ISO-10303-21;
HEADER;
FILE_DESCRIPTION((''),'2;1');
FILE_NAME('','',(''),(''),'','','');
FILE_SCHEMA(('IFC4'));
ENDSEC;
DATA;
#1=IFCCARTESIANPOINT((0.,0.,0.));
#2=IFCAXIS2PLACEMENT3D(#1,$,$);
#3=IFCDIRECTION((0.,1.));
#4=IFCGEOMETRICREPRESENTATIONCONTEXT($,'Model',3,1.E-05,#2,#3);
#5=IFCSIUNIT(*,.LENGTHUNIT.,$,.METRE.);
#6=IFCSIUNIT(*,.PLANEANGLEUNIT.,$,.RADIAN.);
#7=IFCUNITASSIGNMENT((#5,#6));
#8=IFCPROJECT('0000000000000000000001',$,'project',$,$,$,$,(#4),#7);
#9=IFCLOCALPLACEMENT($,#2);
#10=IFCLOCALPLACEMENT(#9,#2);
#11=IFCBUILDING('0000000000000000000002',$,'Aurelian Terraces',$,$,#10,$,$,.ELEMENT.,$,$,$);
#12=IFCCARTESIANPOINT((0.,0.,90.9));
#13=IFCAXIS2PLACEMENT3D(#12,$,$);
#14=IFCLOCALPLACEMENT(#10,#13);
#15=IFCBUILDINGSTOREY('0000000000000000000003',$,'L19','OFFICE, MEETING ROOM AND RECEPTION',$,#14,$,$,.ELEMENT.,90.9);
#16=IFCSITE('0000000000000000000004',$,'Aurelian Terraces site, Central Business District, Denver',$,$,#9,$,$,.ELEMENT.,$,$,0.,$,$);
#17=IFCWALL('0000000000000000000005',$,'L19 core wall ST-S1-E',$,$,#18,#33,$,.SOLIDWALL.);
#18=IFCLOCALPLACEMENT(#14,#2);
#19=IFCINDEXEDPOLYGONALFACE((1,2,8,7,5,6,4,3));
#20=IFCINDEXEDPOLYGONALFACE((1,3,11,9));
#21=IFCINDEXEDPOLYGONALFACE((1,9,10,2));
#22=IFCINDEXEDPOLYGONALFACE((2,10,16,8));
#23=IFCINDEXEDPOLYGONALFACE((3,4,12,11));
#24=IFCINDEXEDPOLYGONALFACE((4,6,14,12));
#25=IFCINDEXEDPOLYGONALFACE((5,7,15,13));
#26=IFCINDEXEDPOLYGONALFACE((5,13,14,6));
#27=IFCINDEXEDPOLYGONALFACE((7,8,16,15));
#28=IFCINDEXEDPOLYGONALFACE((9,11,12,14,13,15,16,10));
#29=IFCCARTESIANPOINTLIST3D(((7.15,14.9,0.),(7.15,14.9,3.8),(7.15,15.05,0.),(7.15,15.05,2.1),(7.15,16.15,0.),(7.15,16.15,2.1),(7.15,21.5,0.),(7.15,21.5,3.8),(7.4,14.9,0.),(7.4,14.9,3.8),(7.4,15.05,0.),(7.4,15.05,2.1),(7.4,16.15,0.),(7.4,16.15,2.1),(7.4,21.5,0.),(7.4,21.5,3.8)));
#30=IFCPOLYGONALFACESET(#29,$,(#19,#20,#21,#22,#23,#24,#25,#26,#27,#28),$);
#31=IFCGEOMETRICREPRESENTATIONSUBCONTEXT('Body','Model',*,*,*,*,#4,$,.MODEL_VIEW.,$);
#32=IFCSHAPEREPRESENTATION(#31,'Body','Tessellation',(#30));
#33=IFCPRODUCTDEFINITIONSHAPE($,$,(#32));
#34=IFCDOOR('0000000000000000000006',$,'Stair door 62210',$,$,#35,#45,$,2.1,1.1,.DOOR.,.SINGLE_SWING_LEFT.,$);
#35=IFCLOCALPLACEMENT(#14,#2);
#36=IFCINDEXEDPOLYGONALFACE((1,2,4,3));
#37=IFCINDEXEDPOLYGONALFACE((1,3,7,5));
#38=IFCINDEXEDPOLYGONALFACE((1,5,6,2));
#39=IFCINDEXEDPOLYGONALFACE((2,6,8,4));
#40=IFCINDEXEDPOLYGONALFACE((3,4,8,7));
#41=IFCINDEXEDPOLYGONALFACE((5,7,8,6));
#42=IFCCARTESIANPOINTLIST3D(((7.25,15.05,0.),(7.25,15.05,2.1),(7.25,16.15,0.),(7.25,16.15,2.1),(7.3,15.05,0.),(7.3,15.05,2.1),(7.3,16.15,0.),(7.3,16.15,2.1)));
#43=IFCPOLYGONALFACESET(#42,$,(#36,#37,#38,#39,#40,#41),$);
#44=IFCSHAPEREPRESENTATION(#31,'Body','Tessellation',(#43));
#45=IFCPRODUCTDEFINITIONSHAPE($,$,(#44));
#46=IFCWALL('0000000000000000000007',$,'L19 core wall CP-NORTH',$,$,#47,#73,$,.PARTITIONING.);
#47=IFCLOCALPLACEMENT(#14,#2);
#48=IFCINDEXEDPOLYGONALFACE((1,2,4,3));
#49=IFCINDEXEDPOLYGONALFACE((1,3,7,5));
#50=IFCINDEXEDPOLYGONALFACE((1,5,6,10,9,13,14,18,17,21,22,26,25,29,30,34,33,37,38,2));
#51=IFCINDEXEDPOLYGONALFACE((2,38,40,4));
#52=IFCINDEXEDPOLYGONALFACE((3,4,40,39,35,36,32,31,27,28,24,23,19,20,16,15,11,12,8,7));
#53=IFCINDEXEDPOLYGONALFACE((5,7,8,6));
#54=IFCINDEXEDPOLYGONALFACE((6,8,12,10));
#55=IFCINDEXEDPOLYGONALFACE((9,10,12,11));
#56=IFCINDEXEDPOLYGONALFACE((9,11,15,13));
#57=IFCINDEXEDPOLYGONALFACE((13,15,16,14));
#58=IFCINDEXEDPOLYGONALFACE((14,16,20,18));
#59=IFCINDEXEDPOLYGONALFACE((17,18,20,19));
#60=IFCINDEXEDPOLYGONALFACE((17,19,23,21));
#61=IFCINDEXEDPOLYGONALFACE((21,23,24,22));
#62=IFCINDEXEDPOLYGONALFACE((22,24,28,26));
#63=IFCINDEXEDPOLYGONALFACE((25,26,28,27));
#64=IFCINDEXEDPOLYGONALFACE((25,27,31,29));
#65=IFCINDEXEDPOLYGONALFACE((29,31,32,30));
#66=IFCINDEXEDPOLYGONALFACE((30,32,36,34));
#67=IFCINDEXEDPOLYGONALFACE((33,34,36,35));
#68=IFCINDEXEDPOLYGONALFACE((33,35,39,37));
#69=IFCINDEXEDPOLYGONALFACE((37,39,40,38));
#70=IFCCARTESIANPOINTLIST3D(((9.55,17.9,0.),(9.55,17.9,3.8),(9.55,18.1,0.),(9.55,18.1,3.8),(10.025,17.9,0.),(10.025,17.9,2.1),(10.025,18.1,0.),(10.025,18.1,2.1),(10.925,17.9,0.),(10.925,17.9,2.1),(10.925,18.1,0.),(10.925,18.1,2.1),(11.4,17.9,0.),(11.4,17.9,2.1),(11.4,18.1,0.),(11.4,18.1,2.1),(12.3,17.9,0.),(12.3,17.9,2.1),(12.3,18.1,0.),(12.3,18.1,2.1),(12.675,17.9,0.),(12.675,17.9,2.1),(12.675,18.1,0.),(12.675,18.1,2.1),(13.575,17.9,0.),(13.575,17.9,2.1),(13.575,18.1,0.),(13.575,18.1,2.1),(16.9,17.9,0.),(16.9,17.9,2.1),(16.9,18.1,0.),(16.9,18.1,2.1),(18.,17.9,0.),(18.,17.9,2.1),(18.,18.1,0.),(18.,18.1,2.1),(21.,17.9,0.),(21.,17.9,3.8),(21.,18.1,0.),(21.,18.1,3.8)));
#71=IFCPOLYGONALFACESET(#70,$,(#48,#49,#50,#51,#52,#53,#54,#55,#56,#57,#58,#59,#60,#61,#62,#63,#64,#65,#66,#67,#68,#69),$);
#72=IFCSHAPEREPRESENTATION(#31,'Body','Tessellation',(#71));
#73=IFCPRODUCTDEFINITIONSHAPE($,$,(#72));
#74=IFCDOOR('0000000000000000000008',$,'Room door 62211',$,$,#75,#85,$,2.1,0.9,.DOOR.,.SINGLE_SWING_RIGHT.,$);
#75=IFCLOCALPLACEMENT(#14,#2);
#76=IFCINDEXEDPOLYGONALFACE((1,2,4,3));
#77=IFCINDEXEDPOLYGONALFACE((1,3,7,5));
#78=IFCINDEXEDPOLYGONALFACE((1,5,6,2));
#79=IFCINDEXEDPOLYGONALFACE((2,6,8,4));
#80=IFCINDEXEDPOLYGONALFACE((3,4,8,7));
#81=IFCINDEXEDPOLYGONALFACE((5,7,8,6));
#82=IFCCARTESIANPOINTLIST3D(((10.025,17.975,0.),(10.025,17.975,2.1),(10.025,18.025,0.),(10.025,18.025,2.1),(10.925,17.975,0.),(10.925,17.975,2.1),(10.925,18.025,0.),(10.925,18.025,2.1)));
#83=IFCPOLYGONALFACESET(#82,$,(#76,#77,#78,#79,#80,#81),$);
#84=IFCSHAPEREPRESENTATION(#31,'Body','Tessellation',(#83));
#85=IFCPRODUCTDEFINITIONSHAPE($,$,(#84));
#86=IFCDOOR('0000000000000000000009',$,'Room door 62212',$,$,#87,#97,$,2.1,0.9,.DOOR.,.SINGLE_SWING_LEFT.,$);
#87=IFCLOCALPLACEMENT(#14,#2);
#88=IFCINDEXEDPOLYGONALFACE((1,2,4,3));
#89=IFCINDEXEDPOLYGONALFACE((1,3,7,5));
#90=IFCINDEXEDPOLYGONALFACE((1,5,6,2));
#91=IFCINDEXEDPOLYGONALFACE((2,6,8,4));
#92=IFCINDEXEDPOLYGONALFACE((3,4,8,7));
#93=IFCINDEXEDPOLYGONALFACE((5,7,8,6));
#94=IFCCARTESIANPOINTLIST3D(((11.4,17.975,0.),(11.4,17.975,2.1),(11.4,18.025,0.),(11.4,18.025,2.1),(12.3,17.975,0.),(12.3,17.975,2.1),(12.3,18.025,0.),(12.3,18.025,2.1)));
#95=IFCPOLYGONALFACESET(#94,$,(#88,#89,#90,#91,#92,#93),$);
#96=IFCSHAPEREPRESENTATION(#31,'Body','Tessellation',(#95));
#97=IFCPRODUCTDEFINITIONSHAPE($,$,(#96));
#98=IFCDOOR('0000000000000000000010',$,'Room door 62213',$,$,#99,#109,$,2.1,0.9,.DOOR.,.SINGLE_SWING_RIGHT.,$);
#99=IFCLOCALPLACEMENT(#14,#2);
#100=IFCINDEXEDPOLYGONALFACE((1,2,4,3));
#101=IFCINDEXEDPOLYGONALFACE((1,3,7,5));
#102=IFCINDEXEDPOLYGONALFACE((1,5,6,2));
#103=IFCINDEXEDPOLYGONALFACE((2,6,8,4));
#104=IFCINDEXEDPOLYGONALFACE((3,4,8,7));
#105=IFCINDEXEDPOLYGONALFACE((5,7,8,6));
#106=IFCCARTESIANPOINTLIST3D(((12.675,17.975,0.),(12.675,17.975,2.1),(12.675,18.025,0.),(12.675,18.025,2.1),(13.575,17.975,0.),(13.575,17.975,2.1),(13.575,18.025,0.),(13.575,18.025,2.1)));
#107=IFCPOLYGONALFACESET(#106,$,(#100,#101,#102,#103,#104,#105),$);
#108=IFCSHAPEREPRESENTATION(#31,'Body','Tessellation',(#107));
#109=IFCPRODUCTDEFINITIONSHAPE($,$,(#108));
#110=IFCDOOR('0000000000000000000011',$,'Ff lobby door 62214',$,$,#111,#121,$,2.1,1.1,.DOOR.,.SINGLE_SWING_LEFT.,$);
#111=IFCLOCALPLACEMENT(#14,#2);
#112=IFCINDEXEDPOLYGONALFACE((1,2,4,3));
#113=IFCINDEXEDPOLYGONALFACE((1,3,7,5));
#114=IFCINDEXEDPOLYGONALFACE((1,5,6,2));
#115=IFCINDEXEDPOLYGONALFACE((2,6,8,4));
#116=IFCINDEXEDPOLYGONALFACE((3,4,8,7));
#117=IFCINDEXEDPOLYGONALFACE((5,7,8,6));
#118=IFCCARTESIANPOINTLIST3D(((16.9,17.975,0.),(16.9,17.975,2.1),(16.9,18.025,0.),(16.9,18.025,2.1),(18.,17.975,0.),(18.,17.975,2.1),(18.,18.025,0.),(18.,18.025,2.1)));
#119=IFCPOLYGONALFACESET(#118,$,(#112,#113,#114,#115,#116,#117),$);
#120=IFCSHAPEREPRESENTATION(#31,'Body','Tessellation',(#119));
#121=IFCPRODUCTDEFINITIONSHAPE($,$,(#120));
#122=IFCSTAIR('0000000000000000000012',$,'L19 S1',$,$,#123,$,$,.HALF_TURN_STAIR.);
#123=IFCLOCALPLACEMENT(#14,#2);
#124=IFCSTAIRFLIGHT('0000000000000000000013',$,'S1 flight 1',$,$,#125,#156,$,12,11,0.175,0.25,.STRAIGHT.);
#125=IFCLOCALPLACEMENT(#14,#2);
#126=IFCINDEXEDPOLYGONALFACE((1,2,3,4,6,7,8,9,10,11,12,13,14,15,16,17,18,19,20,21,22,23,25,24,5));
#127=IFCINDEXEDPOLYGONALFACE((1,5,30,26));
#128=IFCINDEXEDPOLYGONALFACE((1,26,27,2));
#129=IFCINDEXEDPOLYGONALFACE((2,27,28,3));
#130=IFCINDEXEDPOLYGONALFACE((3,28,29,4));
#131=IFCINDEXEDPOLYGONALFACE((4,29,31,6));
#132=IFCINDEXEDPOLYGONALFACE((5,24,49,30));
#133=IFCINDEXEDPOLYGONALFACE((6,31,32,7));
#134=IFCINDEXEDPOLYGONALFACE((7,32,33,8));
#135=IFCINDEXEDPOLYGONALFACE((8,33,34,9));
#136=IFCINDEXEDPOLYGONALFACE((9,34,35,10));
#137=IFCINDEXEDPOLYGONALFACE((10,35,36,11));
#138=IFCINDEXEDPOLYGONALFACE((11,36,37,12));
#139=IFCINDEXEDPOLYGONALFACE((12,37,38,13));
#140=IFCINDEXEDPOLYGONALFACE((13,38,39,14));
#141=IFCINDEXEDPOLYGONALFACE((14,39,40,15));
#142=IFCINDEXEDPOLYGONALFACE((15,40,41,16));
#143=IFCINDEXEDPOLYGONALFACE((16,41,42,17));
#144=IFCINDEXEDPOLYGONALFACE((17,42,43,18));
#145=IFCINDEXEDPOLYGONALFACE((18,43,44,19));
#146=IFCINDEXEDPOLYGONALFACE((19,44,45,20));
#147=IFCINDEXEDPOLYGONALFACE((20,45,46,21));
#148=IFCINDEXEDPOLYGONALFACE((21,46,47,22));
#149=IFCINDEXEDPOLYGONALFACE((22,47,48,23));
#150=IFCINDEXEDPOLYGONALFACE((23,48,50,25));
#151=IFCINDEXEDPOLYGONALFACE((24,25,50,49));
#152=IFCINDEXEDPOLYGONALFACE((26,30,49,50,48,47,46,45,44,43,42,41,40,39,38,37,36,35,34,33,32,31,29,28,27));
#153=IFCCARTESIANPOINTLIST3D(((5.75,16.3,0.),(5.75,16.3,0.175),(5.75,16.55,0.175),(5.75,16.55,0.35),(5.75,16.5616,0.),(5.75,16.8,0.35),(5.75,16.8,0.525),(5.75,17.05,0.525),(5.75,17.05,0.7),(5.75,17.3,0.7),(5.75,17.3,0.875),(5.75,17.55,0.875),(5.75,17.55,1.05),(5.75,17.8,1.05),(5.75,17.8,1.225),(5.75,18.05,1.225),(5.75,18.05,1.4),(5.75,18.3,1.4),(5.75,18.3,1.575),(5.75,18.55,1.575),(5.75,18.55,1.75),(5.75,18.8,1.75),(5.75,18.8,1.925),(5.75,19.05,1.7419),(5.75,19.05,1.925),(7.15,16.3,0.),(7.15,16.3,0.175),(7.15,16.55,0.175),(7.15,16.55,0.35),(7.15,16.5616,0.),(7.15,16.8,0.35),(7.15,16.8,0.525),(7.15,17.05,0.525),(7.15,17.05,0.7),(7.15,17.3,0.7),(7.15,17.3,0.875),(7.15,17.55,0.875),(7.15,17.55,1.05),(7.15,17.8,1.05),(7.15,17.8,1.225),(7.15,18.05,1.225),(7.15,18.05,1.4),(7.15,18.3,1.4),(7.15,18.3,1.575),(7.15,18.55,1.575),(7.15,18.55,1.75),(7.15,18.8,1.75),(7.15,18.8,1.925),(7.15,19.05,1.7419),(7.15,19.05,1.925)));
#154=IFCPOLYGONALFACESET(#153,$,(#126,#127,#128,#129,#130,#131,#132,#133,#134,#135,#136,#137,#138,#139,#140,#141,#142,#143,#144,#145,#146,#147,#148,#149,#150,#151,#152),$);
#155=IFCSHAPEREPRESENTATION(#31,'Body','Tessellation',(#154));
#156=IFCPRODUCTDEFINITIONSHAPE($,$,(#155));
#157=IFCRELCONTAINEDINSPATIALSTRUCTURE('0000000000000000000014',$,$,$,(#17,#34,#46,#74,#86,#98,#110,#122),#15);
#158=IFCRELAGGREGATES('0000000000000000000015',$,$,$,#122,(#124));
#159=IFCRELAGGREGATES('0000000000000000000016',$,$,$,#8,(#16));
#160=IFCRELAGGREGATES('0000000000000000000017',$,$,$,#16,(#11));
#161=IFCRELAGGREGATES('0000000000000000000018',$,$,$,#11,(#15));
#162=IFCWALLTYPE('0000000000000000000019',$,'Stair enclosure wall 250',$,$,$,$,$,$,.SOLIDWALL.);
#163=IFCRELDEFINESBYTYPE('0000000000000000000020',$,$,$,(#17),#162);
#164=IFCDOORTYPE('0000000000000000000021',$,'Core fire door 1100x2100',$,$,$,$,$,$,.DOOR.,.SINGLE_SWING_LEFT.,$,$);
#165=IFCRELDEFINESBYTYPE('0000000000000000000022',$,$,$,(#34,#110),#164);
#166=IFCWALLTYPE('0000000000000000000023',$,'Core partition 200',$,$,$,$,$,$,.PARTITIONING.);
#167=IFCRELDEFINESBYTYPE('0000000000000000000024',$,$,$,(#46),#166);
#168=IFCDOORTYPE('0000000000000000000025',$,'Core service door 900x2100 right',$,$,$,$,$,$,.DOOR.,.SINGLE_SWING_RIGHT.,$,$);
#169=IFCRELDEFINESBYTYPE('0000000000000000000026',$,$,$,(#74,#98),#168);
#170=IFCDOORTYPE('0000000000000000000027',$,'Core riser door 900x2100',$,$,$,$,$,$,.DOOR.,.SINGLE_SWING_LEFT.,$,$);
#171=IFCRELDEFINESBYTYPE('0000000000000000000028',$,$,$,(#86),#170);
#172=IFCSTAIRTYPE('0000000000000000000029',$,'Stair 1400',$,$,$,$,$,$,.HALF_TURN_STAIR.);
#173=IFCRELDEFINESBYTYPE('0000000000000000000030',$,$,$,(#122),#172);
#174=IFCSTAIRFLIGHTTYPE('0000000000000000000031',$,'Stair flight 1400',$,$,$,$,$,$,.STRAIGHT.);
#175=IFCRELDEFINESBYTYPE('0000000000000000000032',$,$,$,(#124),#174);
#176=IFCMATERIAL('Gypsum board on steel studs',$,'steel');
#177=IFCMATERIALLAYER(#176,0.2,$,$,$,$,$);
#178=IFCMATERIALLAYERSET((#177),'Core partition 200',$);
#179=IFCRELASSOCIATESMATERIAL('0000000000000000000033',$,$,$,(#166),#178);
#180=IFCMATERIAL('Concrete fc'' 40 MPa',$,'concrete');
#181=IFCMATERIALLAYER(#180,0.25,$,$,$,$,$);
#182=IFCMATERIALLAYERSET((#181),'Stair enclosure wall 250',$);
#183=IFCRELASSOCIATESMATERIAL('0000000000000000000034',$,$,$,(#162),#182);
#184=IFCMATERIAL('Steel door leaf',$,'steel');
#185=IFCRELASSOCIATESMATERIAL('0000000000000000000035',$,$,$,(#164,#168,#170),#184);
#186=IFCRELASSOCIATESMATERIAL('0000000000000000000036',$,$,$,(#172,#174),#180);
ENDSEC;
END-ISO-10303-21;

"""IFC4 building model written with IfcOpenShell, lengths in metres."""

from ifc_helpers import new_model, si_unit, direction, frame, frame_2d, origin, place, context, subcontext, project, spatial, polyline, rectangle, outline, extrude, source, transform, mapped, material, layer, layer_set, type_object, element, fill, aggregate, save


model = new_model("IFC4")

# Units and contexts
model_context = context("Model", 3, precision=1e-05, world=origin(), true_north=direction((0.0, 1.0)))
body_context = subcontext(model_context, "Body", "Model", "MODEL_VIEW")
ifc_project = project(units=[si_unit("LENGTHUNIT", "METRE"), si_unit("PLANEANGLEUNIT", "RADIAN")], contexts=[model_context])

# Site, building, storey
site_placement = place(None, origin())
site = spatial("IfcSite", under=ifc_project, at=site_placement, Name="Aurelian Terraces site, Central Business District, Denver", CompositionType="ELEMENT", RefElevation=0.0)
building_placement = place(site_placement, origin())
building = spatial("IfcBuilding", under=site, at=building_placement, Name="Aurelian Terraces", CompositionType="ELEMENT")
storey_placement = place(building_placement, frame((0.0, 0.0, 90.9)))
storey = spatial("IfcBuildingStorey", under=building, at=storey_placement, Name="L19", Description="OFFICE, MEETING ROOM AND RECEPTION", CompositionType="ELEMENT", Elevation=90.9)

# Shared definitions
ifc_material_1 = material(Name="Concrete fc' 40 MPa", Category="concrete")
ifc_material_2 = material(Name="Gypsum board on steel studs", Category="steel")
ifc_layer_1 = layer(ifc_material_2, 0.2)
ifc_layer_set_1 = layer_set([ifc_layer_1], Name="Core partition 200")
wall_type_1 = type_object("IfcWallType", Name="Core partition 200", PredefinedType="PARTITIONING", material=ifc_layer_set_1)

# Wall, opening, door
ifc_layer_2 = layer(ifc_material_1, 0.25)
ifc_layer_set_2 = layer_set([ifc_layer_2], Name="Stair enclosure wall 250")
wall_type_2 = type_object("IfcWallType", Name="Stair enclosure wall 250", PredefinedType="SOLIDWALL", material=ifc_layer_set_2)
shared_shape_1 = source(origin(), body_context, "Body", "SweptSolid", [
    extrude(rectangle(XDim=6.6, YDim=0.25, at=frame_2d((3.3, 0.0))), origin(), (0.0, 0.0, 1.0), 3.8),
])
wall_1_placement = place(storey_placement, frame((7.275, 14.9, 0.0), z_axis=(0.0, 0.0, 1.0), x_axis=(0.0, 1.0, 0.0)))
wall_1 = element("IfcWall", 1, at=wall_1_placement, inside=storey, type_object=wall_type_2, Name="L19 core wall ST-S1-E", PredefinedType="SOLIDWALL", context=body_context, shape_type="MappedRepresentation", body=[
    mapped(shared_shape_1, transform((0.0, 0.0, 0.0), scale=1.0)),
])
shared_shape_2 = source(origin(), body_context, "Body", "SweptSolid", [
    extrude(rectangle(XDim=1.1, YDim=2.1, at=frame_2d((0.55, 1.05))), frame((0.0, 0.135, 0.0), z_axis=(0.0, -1.0, 0.0), x_axis=(1.0, 0.0, 0.0)), (0.0, 0.0, 1.0), 0.27),
])
opening_1_placement = place(wall_1_placement, frame((0.15, 0.0, 0.0)))
opening_1 = element("IfcOpeningElement", 2, at=opening_1_placement, cuts=wall_1, PredefinedType="OPENING", context=body_context, shape_type="MappedRepresentation", body=[
    mapped(shared_shape_2, transform((0.0, 0.0, 0.0), scale=1.0)),
])
ifc_material_3 = material(Name="Steel door leaf", Category="steel")
door_type_1 = type_object("IfcDoorType", Name="Core fire door 1100x2100", OperationType="SINGLE_SWING_LEFT", PredefinedType="DOOR", material=ifc_material_3)
shared_shape_3 = source(origin(), body_context, "Body", "SweptSolid", [
    extrude(rectangle(XDim=1.1, YDim=2.1, at=frame_2d((0.55, 1.05))), frame((0.0, 0.025, 0.0), z_axis=(0.0, -1.0, 0.0), x_axis=(1.0, 0.0, 0.0)), (0.0, 0.0, 1.0), 0.05),
])
door_1_placement = place(opening_1_placement, origin())
door_1 = element("IfcDoor", 3, at=door_1_placement, inside=storey, type_object=door_type_1, Name="Stair door 62210", OperationType="SINGLE_SWING_LEFT", OverallHeight=2.1, OverallWidth=1.1, PredefinedType="DOOR", context=body_context, shape_type="MappedRepresentation", body=[
    mapped(shared_shape_3, transform((0.0, 0.0, 0.0), scale=1.0)),
])
fill(opening_1, door_1)

# Wall, openings, doors
shared_shape_4 = source(origin(), body_context, "Body", "SweptSolid", [
    extrude(rectangle(XDim=11.45, YDim=0.2, at=frame_2d((5.725, 0.0))), origin(), (0.0, 0.0, 1.0), 3.8),
])
wall_2_placement = place(storey_placement, frame((9.55, 18.0, 0.0), z_axis=(0.0, 0.0, 1.0), x_axis=(1.0, 0.0, 0.0)))
wall_2 = element("IfcWall", 4, at=wall_2_placement, inside=storey, type_object=wall_type_1, Name="L19 core wall CP-NORTH", PredefinedType="PARTITIONING", context=body_context, shape_type="MappedRepresentation", body=[
    mapped(shared_shape_4, transform((0.0, 0.0, 0.0), scale=1.0)),
])
shared_shape_5 = source(origin(), body_context, "Body", "SweptSolid", [
    extrude(rectangle(XDim=0.9, YDim=2.1, at=frame_2d((0.45, 1.05))), frame((0.0, 0.11, 0.0), z_axis=(0.0, -1.0, 0.0), x_axis=(1.0, 0.0, 0.0)), (0.0, 0.0, 1.0), 0.22),
])
opening_2_placement = place(wall_2_placement, frame((0.475, 0.0, 0.0)))
opening_2 = element("IfcOpeningElement", 5, at=opening_2_placement, cuts=wall_2, PredefinedType="OPENING", context=body_context, shape_type="MappedRepresentation", body=[
    mapped(shared_shape_5, transform((0.0, 0.0, 0.0), scale=1.0)),
])
opening_3_placement = place(wall_2_placement, frame((1.85, 0.0, 0.0)))
opening_3 = element("IfcOpeningElement", 6, at=opening_3_placement, cuts=wall_2, PredefinedType="OPENING", context=body_context, shape_type="MappedRepresentation", body=[
    mapped(shared_shape_5, transform((0.0, 0.0, 0.0), scale=1.0)),
])
opening_4_placement = place(wall_2_placement, frame((3.125, 0.0, 0.0)))
opening_4 = element("IfcOpeningElement", 7, at=opening_4_placement, cuts=wall_2, PredefinedType="OPENING", context=body_context, shape_type="MappedRepresentation", body=[
    mapped(shared_shape_5, transform((0.0, 0.0, 0.0), scale=1.0)),
])
shared_shape_6 = source(origin(), body_context, "Body", "SweptSolid", [
    extrude(rectangle(XDim=1.1, YDim=2.1, at=frame_2d((0.55, 1.05))), frame((0.0, 0.11, 0.0), z_axis=(0.0, -1.0, 0.0), x_axis=(1.0, 0.0, 0.0)), (0.0, 0.0, 1.0), 0.22),
])
opening_5_placement = place(wall_2_placement, frame((7.35, 0.0, 0.0)))
opening_5 = element("IfcOpeningElement", 8, at=opening_5_placement, cuts=wall_2, PredefinedType="OPENING", context=body_context, shape_type="MappedRepresentation", body=[
    mapped(shared_shape_6, transform((0.0, 0.0, 0.0), scale=1.0)),
])
door_type_2 = type_object("IfcDoorType", Name="Core service door 900x2100 right", OperationType="SINGLE_SWING_RIGHT", PredefinedType="DOOR", material=ifc_material_3)
shared_shape_7 = source(origin(), body_context, "Body", "SweptSolid", [
    extrude(rectangle(XDim=0.9, YDim=2.1, at=frame_2d((0.45, 1.05))), frame((0.0, 0.025, 0.0), z_axis=(0.0, -1.0, 0.0), x_axis=(1.0, 0.0, 0.0)), (0.0, 0.0, 1.0), 0.05),
])
door_2_placement = place(opening_2_placement, origin())
door_2 = element("IfcDoor", 9, at=door_2_placement, inside=storey, type_object=door_type_2, Name="Room door 62211", OperationType="SINGLE_SWING_RIGHT", OverallHeight=2.1, OverallWidth=0.9, PredefinedType="DOOR", context=body_context, shape_type="MappedRepresentation", body=[
    mapped(shared_shape_7, transform((0.0, 0.0, 0.0), scale=1.0)),
])
fill(opening_2, door_2)
door_type_3 = type_object("IfcDoorType", Name="Core riser door 900x2100", OperationType="SINGLE_SWING_LEFT", PredefinedType="DOOR", material=ifc_material_3)
door_3_placement = place(opening_3_placement, origin())
door_3 = element("IfcDoor", 10, at=door_3_placement, inside=storey, type_object=door_type_3, Name="Room door 62212", OperationType="SINGLE_SWING_LEFT", OverallHeight=2.1, OverallWidth=0.9, PredefinedType="DOOR", context=body_context, shape_type="MappedRepresentation", body=[
    mapped(shared_shape_7, transform((0.0, 0.0, 0.0), scale=1.0)),
])
fill(opening_3, door_3)
door_4_placement = place(opening_4_placement, origin())
door_4 = element("IfcDoor", 11, at=door_4_placement, inside=storey, type_object=door_type_2, Name="Room door 62213", OperationType="SINGLE_SWING_RIGHT", OverallHeight=2.1, OverallWidth=0.9, PredefinedType="DOOR", context=body_context, shape_type="MappedRepresentation", body=[
    mapped(shared_shape_7, transform((0.0, 0.0, 0.0), scale=1.0)),
])
fill(opening_4, door_4)
door_5_placement = place(opening_5_placement, origin())
door_5 = element("IfcDoor", 12, at=door_5_placement, inside=storey, type_object=door_type_1, Name="Ff lobby door 62214", OperationType="SINGLE_SWING_LEFT", OverallHeight=2.1, OverallWidth=1.1, PredefinedType="DOOR", context=body_context, shape_type="MappedRepresentation", body=[
    mapped(shared_shape_3, transform((0.0, 0.0, 0.0), scale=1.0)),
])
fill(opening_5, door_5)

# Stair, stair flight
stair_type = type_object("IfcStairType", Name="Stair 1400", PredefinedType="HALF_TURN_STAIR", material=ifc_material_1)
stair_placement = place(storey_placement, origin())
stair = element("IfcStair", 13, at=stair_placement, inside=storey, type_object=stair_type, Name="L19 S1", PredefinedType="HALF_TURN_STAIR")
stair_flight_type = type_object("IfcStairFlightType", Name="Stair flight 1400", PredefinedType="STRAIGHT", material=ifc_material_1)
shared_shape_8 = source(origin(), body_context, "Body", "SweptSolid", [
    extrude(outline(polyline([(0.0, 0.0), (0.0, 0.175), (0.25, 0.175), (0.25, 0.35), (0.5, 0.35), (0.5, 0.525), (0.75, 0.525), (0.75, 0.7), (1.0, 0.7), (1.0, 0.875), (1.25, 0.875), (1.25, 1.05), (1.5, 1.05), (1.5, 1.225), (1.75, 1.225), (1.75, 1.4), (2.0, 1.4), (2.0, 1.575), (2.25, 1.575), (2.25, 1.75), (2.5, 1.75), (2.5, 1.925), (2.75, 1.925), (2.75, 2.1), (2.75, 1.7419), (0.2616, 0.0), (0.0, 0.0)])), frame((0.0, 0.7, 0.0), z_axis=(0.0, -1.0, 0.0), x_axis=(1.0, 0.0, 0.0)), (0.0, 0.0, 1.0), 1.4),
])
stair_flight_placement = place(storey_placement, frame((6.45, 16.3, 0.0), z_axis=(0.0, 0.0, 1.0), x_axis=(0.0, 1.0, 0.0)))
stair_flight = element("IfcStairFlight", 14, at=stair_flight_placement, type_object=stair_flight_type, Name="S1 flight 1", NumberOfRisers=12, NumberOfTreads=11, PredefinedType="STRAIGHT", RiserHeight=0.175, TreadLength=0.25, context=body_context, shape_type="MappedRepresentation", body=[
    mapped(shared_shape_8, transform((0.0, 0.0, 0.0), scale=1.0)),
])
aggregate(stair, [stair_flight])

save(model, "model.ifc")
